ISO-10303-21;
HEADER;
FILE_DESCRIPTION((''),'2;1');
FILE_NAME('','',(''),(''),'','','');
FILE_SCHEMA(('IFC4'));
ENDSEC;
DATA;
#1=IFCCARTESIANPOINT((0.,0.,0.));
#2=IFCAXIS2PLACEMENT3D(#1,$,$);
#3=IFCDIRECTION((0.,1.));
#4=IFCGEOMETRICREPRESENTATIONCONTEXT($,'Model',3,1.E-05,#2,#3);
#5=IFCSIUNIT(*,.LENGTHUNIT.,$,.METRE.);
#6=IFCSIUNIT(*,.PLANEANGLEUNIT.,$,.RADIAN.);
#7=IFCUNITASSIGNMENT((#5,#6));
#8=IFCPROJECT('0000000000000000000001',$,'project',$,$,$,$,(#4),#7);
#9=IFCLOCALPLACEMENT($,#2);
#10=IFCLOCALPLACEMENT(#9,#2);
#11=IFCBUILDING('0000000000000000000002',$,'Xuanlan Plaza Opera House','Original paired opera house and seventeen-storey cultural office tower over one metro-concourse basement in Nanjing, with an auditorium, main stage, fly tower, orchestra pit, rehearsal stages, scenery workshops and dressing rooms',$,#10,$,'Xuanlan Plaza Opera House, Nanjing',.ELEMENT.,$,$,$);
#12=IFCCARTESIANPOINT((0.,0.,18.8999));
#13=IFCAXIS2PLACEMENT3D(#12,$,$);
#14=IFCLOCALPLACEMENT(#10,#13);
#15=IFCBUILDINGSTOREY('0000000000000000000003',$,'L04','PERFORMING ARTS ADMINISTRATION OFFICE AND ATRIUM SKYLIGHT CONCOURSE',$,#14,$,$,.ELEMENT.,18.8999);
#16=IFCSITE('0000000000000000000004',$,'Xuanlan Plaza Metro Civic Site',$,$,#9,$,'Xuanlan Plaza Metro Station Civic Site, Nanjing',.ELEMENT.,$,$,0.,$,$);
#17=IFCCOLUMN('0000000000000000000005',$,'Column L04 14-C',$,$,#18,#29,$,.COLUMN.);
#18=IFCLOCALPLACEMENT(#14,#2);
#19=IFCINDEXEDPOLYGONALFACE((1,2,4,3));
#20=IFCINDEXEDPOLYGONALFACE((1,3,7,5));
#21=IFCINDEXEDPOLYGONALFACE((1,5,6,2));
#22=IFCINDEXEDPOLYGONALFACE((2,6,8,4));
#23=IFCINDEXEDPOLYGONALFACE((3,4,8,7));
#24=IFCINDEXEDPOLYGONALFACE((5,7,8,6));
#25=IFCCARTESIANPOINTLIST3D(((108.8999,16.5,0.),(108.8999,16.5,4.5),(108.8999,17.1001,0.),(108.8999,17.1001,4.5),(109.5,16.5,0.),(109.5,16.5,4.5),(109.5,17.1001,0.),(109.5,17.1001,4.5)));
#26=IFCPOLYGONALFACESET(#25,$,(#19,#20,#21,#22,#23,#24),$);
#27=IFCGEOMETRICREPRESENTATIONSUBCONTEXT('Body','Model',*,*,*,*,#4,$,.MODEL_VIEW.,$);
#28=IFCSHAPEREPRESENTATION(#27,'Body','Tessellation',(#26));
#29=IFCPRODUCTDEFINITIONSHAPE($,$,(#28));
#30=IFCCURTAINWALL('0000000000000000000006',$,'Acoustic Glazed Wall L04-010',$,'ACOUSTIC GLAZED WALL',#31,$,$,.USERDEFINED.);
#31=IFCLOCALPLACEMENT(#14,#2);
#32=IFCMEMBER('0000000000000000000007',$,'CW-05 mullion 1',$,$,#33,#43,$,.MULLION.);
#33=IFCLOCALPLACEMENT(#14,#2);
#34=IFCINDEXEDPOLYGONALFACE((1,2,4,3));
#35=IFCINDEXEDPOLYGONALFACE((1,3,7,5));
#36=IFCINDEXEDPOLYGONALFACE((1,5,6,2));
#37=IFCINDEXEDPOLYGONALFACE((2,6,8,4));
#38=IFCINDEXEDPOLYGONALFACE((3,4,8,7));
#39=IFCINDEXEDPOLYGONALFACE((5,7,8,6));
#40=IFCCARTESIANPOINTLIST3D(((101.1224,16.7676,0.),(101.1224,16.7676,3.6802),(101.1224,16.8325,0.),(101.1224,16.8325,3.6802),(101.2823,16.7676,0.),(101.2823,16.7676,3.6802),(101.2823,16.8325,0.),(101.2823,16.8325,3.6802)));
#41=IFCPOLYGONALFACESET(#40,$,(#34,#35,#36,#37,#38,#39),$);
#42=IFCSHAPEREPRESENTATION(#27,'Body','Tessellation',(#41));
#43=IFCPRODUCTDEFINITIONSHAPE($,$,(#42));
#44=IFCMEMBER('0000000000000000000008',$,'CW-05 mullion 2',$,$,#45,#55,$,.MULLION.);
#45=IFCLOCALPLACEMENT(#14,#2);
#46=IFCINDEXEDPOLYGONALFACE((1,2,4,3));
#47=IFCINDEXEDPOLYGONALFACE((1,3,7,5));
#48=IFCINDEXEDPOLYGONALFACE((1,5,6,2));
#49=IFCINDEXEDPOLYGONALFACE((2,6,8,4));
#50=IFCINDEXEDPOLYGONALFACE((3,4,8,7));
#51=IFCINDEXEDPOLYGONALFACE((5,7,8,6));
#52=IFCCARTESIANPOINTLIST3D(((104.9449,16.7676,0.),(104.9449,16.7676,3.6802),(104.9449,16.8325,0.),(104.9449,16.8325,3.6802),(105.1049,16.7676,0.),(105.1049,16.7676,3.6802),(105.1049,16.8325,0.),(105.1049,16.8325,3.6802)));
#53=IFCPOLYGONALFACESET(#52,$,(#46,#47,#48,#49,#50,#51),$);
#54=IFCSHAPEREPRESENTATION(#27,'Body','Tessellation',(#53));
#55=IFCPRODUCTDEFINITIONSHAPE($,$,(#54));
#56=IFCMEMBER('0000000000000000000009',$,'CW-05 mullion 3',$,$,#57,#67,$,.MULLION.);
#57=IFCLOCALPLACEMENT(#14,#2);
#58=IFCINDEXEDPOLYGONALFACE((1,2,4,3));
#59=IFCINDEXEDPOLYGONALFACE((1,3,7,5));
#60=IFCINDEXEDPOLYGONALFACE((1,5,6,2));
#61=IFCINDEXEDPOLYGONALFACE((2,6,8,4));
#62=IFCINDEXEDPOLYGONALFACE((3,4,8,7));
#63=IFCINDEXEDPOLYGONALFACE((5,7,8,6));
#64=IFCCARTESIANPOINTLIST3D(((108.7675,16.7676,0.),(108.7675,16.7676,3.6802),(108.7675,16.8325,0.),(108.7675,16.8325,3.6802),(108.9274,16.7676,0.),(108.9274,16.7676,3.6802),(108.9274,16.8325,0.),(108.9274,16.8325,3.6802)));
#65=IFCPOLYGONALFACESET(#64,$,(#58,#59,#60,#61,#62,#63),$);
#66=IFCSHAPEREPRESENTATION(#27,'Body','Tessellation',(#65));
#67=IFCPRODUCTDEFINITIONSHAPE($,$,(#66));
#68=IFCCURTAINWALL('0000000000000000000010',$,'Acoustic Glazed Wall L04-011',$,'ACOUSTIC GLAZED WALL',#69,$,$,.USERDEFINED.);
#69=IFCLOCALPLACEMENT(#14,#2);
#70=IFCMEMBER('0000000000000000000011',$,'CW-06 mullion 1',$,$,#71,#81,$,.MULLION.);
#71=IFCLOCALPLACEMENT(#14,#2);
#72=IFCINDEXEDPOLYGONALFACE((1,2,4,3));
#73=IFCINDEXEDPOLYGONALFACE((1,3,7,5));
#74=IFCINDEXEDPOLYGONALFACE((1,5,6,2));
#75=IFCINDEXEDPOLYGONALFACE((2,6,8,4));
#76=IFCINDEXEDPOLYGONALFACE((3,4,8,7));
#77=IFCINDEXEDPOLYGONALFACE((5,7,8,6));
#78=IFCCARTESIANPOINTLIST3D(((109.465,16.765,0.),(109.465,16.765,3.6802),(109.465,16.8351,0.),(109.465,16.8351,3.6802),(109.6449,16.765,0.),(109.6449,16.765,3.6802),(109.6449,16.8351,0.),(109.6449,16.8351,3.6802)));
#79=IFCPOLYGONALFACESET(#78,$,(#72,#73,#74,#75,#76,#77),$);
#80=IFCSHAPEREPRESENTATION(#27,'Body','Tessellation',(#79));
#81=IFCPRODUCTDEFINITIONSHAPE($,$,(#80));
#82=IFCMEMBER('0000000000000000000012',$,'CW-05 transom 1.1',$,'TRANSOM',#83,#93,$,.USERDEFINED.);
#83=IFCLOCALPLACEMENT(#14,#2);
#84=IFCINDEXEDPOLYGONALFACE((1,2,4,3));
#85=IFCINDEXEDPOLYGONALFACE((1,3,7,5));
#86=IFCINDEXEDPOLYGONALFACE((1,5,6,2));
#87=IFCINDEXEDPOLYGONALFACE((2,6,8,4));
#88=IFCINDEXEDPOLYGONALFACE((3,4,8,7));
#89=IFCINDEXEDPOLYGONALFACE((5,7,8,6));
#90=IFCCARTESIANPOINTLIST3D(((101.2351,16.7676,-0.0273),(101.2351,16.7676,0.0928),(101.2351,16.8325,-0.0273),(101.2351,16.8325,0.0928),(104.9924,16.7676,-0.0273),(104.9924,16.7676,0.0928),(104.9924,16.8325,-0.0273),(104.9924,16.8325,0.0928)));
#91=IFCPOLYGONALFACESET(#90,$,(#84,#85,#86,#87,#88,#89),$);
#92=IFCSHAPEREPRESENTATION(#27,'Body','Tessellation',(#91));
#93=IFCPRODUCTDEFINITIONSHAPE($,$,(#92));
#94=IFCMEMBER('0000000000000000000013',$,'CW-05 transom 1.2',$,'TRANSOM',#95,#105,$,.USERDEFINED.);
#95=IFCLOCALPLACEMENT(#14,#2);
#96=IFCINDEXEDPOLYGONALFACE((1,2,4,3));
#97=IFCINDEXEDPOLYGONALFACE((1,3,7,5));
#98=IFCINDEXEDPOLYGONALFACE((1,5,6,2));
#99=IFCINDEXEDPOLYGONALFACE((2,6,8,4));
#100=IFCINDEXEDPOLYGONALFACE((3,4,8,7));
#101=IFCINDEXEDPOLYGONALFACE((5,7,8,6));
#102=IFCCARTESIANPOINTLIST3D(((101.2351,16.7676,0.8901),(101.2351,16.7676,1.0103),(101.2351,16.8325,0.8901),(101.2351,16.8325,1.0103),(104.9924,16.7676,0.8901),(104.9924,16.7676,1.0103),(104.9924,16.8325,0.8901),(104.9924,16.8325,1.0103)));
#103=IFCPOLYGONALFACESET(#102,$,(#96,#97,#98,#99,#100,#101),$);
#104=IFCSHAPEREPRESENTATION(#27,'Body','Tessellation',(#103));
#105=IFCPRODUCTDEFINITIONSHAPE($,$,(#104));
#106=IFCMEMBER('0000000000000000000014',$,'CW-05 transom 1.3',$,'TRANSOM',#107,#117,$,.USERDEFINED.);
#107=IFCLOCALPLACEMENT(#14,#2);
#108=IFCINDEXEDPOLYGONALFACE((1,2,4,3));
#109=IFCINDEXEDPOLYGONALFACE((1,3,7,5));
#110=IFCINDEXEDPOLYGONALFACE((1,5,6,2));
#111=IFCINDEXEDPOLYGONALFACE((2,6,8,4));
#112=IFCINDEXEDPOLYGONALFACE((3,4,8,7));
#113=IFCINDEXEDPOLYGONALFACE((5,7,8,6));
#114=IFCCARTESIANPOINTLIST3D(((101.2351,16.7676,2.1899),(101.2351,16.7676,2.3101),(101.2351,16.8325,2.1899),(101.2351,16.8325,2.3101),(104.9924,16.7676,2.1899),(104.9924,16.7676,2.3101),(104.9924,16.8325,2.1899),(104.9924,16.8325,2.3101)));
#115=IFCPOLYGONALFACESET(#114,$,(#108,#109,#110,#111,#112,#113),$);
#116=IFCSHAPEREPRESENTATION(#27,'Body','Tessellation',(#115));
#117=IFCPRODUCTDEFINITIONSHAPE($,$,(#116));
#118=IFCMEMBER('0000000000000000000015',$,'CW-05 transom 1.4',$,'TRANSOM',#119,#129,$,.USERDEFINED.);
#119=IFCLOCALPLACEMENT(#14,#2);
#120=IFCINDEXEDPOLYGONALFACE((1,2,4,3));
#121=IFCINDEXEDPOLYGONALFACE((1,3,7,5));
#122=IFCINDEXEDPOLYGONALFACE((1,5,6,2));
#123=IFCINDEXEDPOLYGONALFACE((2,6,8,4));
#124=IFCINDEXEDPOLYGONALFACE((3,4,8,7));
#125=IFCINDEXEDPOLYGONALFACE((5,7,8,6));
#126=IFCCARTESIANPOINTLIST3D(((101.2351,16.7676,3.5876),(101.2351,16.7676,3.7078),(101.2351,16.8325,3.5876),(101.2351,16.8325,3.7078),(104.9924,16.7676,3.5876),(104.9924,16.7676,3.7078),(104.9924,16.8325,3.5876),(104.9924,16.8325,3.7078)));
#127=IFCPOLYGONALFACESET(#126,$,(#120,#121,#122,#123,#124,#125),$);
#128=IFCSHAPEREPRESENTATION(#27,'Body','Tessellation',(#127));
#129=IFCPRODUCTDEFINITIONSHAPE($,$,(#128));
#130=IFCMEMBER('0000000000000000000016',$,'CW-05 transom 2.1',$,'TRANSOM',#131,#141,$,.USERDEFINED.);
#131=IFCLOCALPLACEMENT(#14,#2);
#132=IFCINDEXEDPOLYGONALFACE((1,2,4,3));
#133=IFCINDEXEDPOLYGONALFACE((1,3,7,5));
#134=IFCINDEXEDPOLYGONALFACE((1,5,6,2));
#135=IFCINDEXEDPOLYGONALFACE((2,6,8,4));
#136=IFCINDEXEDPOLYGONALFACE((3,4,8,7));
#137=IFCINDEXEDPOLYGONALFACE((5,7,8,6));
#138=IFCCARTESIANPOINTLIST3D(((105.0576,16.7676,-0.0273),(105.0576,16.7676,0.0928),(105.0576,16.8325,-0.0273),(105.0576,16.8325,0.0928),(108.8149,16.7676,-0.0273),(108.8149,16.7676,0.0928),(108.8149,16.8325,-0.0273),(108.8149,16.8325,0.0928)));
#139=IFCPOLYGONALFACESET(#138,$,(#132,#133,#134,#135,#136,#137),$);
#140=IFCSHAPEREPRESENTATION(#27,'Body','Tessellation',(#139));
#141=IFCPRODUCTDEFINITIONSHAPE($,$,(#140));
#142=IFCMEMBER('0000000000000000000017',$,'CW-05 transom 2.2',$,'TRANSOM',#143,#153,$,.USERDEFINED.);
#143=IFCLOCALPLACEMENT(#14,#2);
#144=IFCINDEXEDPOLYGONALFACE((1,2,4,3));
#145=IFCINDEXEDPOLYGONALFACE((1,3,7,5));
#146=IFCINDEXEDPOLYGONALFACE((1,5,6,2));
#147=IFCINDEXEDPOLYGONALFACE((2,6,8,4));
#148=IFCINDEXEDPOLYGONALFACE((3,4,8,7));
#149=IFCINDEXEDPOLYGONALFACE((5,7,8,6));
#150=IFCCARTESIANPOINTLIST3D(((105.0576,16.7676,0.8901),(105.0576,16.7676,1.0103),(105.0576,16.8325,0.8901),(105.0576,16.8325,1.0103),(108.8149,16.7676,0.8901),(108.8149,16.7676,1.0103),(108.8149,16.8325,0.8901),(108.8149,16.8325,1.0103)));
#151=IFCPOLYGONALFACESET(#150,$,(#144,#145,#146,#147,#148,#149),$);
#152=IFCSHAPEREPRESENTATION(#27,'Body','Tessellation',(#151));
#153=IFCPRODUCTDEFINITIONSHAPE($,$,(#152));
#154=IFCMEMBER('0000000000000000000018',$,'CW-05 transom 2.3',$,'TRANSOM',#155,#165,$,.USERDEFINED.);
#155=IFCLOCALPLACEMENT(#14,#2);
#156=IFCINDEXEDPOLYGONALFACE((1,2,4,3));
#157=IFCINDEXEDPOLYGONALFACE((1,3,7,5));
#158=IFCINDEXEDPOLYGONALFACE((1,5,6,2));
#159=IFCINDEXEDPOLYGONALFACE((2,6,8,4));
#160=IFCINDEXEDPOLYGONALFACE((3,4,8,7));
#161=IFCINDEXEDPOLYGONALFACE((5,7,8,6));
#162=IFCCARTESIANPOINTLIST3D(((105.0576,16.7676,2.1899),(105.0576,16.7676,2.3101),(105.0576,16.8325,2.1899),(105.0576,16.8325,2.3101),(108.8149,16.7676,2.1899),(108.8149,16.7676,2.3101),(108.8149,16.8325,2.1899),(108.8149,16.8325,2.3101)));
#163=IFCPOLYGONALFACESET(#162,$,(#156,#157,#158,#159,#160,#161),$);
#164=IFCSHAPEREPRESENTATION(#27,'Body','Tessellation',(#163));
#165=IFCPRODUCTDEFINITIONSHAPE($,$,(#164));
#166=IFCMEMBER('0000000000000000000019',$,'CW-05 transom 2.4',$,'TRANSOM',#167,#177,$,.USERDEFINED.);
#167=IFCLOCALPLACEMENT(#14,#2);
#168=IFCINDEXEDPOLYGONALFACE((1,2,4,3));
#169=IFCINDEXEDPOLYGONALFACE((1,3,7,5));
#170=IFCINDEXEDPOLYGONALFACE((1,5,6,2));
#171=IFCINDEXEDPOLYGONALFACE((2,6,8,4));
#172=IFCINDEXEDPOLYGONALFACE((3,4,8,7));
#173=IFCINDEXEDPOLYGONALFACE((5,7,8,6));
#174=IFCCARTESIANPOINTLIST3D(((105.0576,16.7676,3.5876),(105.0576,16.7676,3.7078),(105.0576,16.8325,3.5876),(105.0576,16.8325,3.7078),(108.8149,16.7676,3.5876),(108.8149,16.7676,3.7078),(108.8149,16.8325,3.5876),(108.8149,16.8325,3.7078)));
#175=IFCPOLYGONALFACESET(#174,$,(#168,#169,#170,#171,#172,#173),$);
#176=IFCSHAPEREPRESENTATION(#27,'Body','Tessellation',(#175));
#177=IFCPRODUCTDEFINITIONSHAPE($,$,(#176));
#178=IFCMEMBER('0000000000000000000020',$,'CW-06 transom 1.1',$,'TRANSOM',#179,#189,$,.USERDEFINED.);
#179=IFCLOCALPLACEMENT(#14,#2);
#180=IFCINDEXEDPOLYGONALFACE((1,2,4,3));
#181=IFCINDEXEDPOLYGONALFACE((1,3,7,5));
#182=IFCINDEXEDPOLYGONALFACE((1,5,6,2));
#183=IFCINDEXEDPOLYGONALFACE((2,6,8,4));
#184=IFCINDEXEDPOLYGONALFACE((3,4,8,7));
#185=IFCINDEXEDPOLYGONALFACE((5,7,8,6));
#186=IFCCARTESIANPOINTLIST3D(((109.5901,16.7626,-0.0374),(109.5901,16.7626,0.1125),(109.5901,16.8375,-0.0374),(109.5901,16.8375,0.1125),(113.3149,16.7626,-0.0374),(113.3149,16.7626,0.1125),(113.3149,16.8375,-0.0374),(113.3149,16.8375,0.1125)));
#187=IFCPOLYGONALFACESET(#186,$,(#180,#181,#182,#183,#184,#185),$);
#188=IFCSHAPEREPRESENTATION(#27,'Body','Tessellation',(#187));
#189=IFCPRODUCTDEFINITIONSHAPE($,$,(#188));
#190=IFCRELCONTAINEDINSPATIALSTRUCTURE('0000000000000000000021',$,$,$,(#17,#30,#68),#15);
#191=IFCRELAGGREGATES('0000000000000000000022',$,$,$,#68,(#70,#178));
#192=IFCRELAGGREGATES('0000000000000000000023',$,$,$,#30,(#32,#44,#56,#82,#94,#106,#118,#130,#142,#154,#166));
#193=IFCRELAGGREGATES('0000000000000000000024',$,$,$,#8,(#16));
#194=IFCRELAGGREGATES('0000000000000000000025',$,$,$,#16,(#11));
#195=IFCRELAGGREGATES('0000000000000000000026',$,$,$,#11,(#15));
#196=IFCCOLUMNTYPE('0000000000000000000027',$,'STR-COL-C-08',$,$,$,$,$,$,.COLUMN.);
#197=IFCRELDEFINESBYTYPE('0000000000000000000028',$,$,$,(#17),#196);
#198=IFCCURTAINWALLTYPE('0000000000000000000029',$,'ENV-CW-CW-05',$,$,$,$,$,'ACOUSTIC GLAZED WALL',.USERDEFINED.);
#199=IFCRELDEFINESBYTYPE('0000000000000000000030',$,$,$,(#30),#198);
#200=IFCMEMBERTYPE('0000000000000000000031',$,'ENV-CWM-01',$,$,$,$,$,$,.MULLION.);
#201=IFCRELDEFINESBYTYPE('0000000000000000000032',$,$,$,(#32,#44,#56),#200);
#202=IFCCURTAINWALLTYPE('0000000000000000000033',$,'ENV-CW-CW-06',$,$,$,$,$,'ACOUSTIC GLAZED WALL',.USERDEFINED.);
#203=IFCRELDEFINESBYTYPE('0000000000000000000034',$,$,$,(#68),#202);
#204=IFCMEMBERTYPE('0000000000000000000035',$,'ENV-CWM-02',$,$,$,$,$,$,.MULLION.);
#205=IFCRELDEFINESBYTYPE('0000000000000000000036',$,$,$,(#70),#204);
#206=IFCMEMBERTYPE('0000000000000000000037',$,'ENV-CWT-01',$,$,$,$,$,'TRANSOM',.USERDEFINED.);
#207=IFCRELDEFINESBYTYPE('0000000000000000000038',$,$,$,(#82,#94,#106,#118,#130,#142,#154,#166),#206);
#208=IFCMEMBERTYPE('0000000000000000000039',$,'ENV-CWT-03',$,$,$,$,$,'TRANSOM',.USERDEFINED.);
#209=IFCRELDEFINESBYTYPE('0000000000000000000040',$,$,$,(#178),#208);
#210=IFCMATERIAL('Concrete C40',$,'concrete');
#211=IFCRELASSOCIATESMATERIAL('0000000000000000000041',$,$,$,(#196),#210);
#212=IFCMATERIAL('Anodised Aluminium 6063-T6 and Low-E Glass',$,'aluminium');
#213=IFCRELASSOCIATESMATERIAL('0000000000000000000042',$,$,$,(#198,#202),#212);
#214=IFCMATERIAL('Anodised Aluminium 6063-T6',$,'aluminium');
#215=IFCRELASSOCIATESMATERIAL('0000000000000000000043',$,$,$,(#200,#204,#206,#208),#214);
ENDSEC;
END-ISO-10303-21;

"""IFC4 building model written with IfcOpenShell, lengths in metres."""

from ifc_helpers import new_model, si_unit, direction, frame, origin, origin_2d, place, context, subcontext, project, spatial, rectangle, extrude, material, material_profile, profile_set, type_object, element, aggregate, save


model = new_model("IFC4")

# Units and contexts
model_context = context("Model", 3, precision=1e-05, world=origin(), true_north=direction((0.0, 1.0)))
body_context = subcontext(model_context, "Body", "Model", "MODEL_VIEW")
ifc_project = project(units=[si_unit("LENGTHUNIT", "METRE"), si_unit("PLANEANGLEUNIT", "RADIAN")], contexts=[model_context])

# Site, building, storey
site_placement = place(None, origin())
site = spatial("IfcSite", under=ifc_project, at=site_placement, Name="Xuanlan Plaza Metro Civic Site", LongName="Xuanlan Plaza Metro Station Civic Site, Nanjing", CompositionType="ELEMENT", RefElevation=0.0)
building_placement = place(site_placement, origin())
building = spatial("IfcBuilding", under=site, at=building_placement, Name="Xuanlan Plaza Opera House", Description="Original paired opera house and seventeen-storey cultural office tower over one metro-concourse basement in Nanjing, with an auditorium, main stage, fly tower, orchestra pit, rehearsal stages, scenery workshops and dressing rooms", LongName="Xuanlan Plaza Opera House, Nanjing", CompositionType="ELEMENT")
storey_placement = place(building_placement, frame((0.0, 0.0, 18.8999)))
storey = spatial("IfcBuildingStorey", under=building, at=storey_placement, Name="L04", Description="PERFORMING ARTS ADMINISTRATION OFFICE AND ATRIUM SKYLIGHT CONCOURSE", CompositionType="ELEMENT", Elevation=18.8999)

# Column
ifc_material_1 = material(Name="Concrete C40", Category="concrete")
ifc_material_profile_1 = material_profile(ifc_material_1, rectangle(XDim=0.6001, YDim=0.6001, at=origin_2d()), Name="RC-COL 600x600")
ifc_profile_set_1 = profile_set([ifc_material_profile_1], Name="Concrete C40")
column_type = type_object("IfcColumnType", Name="STR-COL-C-08", PredefinedType="COLUMN", material=ifc_profile_set_1)
column_placement = place(storey_placement, frame((109.2, 16.8, 0.0), z_axis=(0.0, 0.0, 1.0), x_axis=(1.0, 0.0, 0.0)))
element("IfcColumn", 1, at=column_placement, inside=storey, type_object=column_type, Name="Column L04 14-C", PredefinedType="COLUMN", context=body_context, shape_type="SweptSolid", body=[
    extrude(rectangle(XDim=0.6001, YDim=0.6001, at=origin_2d()), origin(), (0.0, 0.0, 1.0), 4.5),
])

# Curtain wall, members
ifc_material_2 = material(Name="Anodised Aluminium 6063-T6 and Low-E Glass", Category="aluminium")
curtain_wall_type_1 = type_object("IfcCurtainWallType", Name="ENV-CW-CW-05", ElementType="ACOUSTIC GLAZED WALL", PredefinedType="USERDEFINED", material=ifc_material_2)
curtain_wall_1_placement = place(storey_placement, origin())
curtain_wall_1 = element("IfcCurtainWall", 2, at=curtain_wall_1_placement, inside=storey, type_object=curtain_wall_type_1, Name="Acoustic Glazed Wall L04-010", ObjectType="ACOUSTIC GLAZED WALL", PredefinedType="USERDEFINED")
ifc_material_3 = material(Name="Anodised Aluminium 6063-T6", Category="aluminium")
ifc_material_profile_2 = material_profile(ifc_material_3, rectangle(XDim=0.0649, YDim=0.1599, at=origin_2d()), Name="ALU-M 65x160")
ifc_profile_set_2 = profile_set([ifc_material_profile_2], Name="Anodised Aluminium 6063-T6")
member_type_1 = type_object("IfcMemberType", Name="ENV-CWM-01", PredefinedType="MULLION", material=ifc_profile_set_2)
member_1_placement = place(storey_placement, frame((101.2024, 16.8, 0.0), z_axis=(0.0, 0.0, 1.0), x_axis=(0.0, 1.0, 0.0)))
member_1 = element("IfcMember", 3, at=member_1_placement, type_object=member_type_1, Name="CW-05 mullion 1", PredefinedType="MULLION", context=body_context, shape_type="SweptSolid", body=[
    extrude(rectangle(XDim=0.0649, YDim=0.1599, at=origin_2d()), origin(), (0.0, 0.0, 1.0), 3.6802),
])
member_2_placement = place(storey_placement, frame((105.0249, 16.8, 0.0), z_axis=(0.0, 0.0, 1.0), x_axis=(0.0, 1.0, 0.0)))
member_2 = element("IfcMember", 4, at=member_2_placement, type_object=member_type_1, Name="CW-05 mullion 2", PredefinedType="MULLION", context=body_context, shape_type="SweptSolid", body=[
    extrude(rectangle(XDim=0.0649, YDim=0.1599, at=origin_2d()), origin(), (0.0, 0.0, 1.0), 3.6802),
])
member_3_placement = place(storey_placement, frame((108.8474, 16.8, 0.0), z_axis=(0.0, 0.0, 1.0), x_axis=(0.0, 1.0, 0.0)))
member_3 = element("IfcMember", 5, at=member_3_placement, type_object=member_type_1, Name="CW-05 mullion 3", PredefinedType="MULLION", context=body_context, shape_type="SweptSolid", body=[
    extrude(rectangle(XDim=0.0649, YDim=0.1599, at=origin_2d()), origin(), (0.0, 0.0, 1.0), 3.6802),
])

# Curtain wall, member
curtain_wall_type_2 = type_object("IfcCurtainWallType", Name="ENV-CW-CW-06", ElementType="ACOUSTIC GLAZED WALL", PredefinedType="USERDEFINED", material=ifc_material_2)
curtain_wall_2_placement = place(storey_placement, origin())
curtain_wall_2 = element("IfcCurtainWall", 6, at=curtain_wall_2_placement, inside=storey, type_object=curtain_wall_type_2, Name="Acoustic Glazed Wall L04-011", ObjectType="ACOUSTIC GLAZED WALL", PredefinedType="USERDEFINED")
ifc_material_profile_3 = material_profile(ifc_material_3, rectangle(XDim=0.0701, YDim=0.1799, at=origin_2d()), Name="ALU-M 70x180")
ifc_profile_set_3 = profile_set([ifc_material_profile_3], Name="Anodised Aluminium 6063-T6")
member_type_2 = type_object("IfcMemberType", Name="ENV-CWM-02", PredefinedType="MULLION", material=ifc_profile_set_3)
member_4_placement = place(storey_placement, frame((109.5549, 16.8, 0.0), z_axis=(0.0, 0.0, 1.0), x_axis=(0.0, 1.0, 0.0)))
member_4 = element("IfcMember", 7, at=member_4_placement, type_object=member_type_2, Name="CW-06 mullion 1", PredefinedType="MULLION", context=body_context, shape_type="SweptSolid", body=[
    extrude(rectangle(XDim=0.0701, YDim=0.1799, at=origin_2d()), origin(), (0.0, 0.0, 1.0), 3.6802),
])

# Members
ifc_material_profile_4 = material_profile(ifc_material_3, rectangle(XDim=0.0649, YDim=0.1201, at=origin_2d()), Name="ALU-T 65x120")
ifc_profile_set_4 = profile_set([ifc_material_profile_4], Name="Anodised Aluminium 6063-T6")
member_type_3 = type_object("IfcMemberType", Name="ENV-CWT-01", ElementType="TRANSOM", PredefinedType="USERDEFINED", material=ifc_profile_set_4)
member_5_placement = place(storey_placement, frame((101.2351, 16.8, 0.0327), z_axis=(1.0, 0.0, 0.0), x_axis=(0.0, 1.0, 0.0)))
member_5 = element("IfcMember", 8, at=member_5_placement, type_object=member_type_3, Name="CW-05 transom 1.1", ObjectType="TRANSOM", PredefinedType="USERDEFINED", context=body_context, shape_type="SweptSolid", body=[
    extrude(rectangle(XDim=0.0649, YDim=0.1201, at=origin_2d()), origin(), (0.0, 0.0, 1.0), 3.7573),
])
member_6_placement = place(storey_placement, frame((101.2351, 16.8, 0.9502), z_axis=(1.0, 0.0, 0.0), x_axis=(0.0, 1.0, 0.0)))
member_6 = element("IfcMember", 9, at=member_6_placement, type_object=member_type_3, Name="CW-05 transom 1.2", ObjectType="TRANSOM", PredefinedType="USERDEFINED", context=body_context, shape_type="SweptSolid", body=[
    extrude(rectangle(XDim=0.0649, YDim=0.1201, at=origin_2d()), origin(), (0.0, 0.0, 1.0), 3.7573),
])
member_7_placement = place(storey_placement, frame((101.2351, 16.8, 2.25), z_axis=(1.0, 0.0, 0.0), x_axis=(0.0, 1.0, 0.0)))
member_7 = element("IfcMember", 10, at=member_7_placement, type_object=member_type_3, Name="CW-05 transom 1.3", ObjectType="TRANSOM", PredefinedType="USERDEFINED", context=body_context, shape_type="SweptSolid", body=[
    extrude(rectangle(XDim=0.0649, YDim=0.1201, at=origin_2d()), origin(), (0.0, 0.0, 1.0), 3.7573),
])
member_8_placement = place(storey_placement, frame((101.2351, 16.8, 3.6477), z_axis=(1.0, 0.0, 0.0), x_axis=(0.0, 1.0, 0.0)))
member_8 = element("IfcMember", 11, at=member_8_placement, type_object=member_type_3, Name="CW-05 transom 1.4", ObjectType="TRANSOM", PredefinedType="USERDEFINED", context=body_context, shape_type="SweptSolid", body=[
    extrude(rectangle(XDim=0.0649, YDim=0.1201, at=origin_2d()), origin(), (0.0, 0.0, 1.0), 3.7573),
])
member_9_placement = place(storey_placement, frame((105.0576, 16.8, 0.0327), z_axis=(1.0, 0.0, 0.0), x_axis=(0.0, 1.0, 0.0)))
member_9 = element("IfcMember", 12, at=member_9_placement, type_object=member_type_3, Name="CW-05 transom 2.1", ObjectType="TRANSOM", PredefinedType="USERDEFINED", context=body_context, shape_type="SweptSolid", body=[
    extrude(rectangle(XDim=0.0649, YDim=0.1201, at=origin_2d()), origin(), (0.0, 0.0, 1.0), 3.7573),
])
member_10_placement = place(storey_placement, frame((105.0576, 16.8, 0.9502), z_axis=(1.0, 0.0, 0.0), x_axis=(0.0, 1.0, 0.0)))
member_10 = element("IfcMember", 13, at=member_10_placement, type_object=member_type_3, Name="CW-05 transom 2.2", ObjectType="TRANSOM", PredefinedType="USERDEFINED", context=body_context, shape_type="SweptSolid", body=[
    extrude(rectangle(XDim=0.0649, YDim=0.1201, at=origin_2d()), origin(), (0.0, 0.0, 1.0), 3.7573),
])
member_11_placement = place(storey_placement, frame((105.0576, 16.8, 2.25), z_axis=(1.0, 0.0, 0.0), x_axis=(0.0, 1.0, 0.0)))
member_11 = element("IfcMember", 14, at=member_11_placement, type_object=member_type_3, Name="CW-05 transom 2.3", ObjectType="TRANSOM", PredefinedType="USERDEFINED", context=body_context, shape_type="SweptSolid", body=[
    extrude(rectangle(XDim=0.0649, YDim=0.1201, at=origin_2d()), origin(), (0.0, 0.0, 1.0), 3.7573),
])
member_12_placement = place(storey_placement, frame((105.0576, 16.8, 3.6477), z_axis=(1.0, 0.0, 0.0), x_axis=(0.0, 1.0, 0.0)))
member_12 = element("IfcMember", 15, at=member_12_placement, type_object=member_type_3, Name="CW-05 transom 2.4", ObjectType="TRANSOM", PredefinedType="USERDEFINED", context=body_context, shape_type="SweptSolid", body=[
    extrude(rectangle(XDim=0.0649, YDim=0.1201, at=origin_2d()), origin(), (0.0, 0.0, 1.0), 3.7573),
])
ifc_material_profile_5 = material_profile(ifc_material_3, rectangle(XDim=0.075, YDim=0.1499, at=origin_2d()), Name="ALU-T 75x150")
ifc_profile_set_5 = profile_set([ifc_material_profile_5], Name="Anodised Aluminium 6063-T6")
member_type_4 = type_object("IfcMemberType", Name="ENV-CWT-03", ElementType="TRANSOM", PredefinedType="USERDEFINED", material=ifc_profile_set_5)
member_13_placement = place(storey_placement, frame((109.5901, 16.8, 0.0376), z_axis=(1.0, 0.0, 0.0), x_axis=(0.0, 1.0, 0.0)))
member_13 = element("IfcMember", 16, at=member_13_placement, type_object=member_type_4, Name="CW-06 transom 1.1", ObjectType="TRANSOM", PredefinedType="USERDEFINED", context=body_context, shape_type="SweptSolid", body=[
    extrude(rectangle(XDim=0.075, YDim=0.1499, at=origin_2d()), origin(), (0.0, 0.0, 1.0), 3.7249),
])
aggregate(curtain_wall_2, [member_4, member_13])

aggregate(curtain_wall_1, [member_1, member_2, member_3, member_5, member_6, member_7, member_8, member_9, member_10, member_11, member_12])

save(model, "model.ifc")
